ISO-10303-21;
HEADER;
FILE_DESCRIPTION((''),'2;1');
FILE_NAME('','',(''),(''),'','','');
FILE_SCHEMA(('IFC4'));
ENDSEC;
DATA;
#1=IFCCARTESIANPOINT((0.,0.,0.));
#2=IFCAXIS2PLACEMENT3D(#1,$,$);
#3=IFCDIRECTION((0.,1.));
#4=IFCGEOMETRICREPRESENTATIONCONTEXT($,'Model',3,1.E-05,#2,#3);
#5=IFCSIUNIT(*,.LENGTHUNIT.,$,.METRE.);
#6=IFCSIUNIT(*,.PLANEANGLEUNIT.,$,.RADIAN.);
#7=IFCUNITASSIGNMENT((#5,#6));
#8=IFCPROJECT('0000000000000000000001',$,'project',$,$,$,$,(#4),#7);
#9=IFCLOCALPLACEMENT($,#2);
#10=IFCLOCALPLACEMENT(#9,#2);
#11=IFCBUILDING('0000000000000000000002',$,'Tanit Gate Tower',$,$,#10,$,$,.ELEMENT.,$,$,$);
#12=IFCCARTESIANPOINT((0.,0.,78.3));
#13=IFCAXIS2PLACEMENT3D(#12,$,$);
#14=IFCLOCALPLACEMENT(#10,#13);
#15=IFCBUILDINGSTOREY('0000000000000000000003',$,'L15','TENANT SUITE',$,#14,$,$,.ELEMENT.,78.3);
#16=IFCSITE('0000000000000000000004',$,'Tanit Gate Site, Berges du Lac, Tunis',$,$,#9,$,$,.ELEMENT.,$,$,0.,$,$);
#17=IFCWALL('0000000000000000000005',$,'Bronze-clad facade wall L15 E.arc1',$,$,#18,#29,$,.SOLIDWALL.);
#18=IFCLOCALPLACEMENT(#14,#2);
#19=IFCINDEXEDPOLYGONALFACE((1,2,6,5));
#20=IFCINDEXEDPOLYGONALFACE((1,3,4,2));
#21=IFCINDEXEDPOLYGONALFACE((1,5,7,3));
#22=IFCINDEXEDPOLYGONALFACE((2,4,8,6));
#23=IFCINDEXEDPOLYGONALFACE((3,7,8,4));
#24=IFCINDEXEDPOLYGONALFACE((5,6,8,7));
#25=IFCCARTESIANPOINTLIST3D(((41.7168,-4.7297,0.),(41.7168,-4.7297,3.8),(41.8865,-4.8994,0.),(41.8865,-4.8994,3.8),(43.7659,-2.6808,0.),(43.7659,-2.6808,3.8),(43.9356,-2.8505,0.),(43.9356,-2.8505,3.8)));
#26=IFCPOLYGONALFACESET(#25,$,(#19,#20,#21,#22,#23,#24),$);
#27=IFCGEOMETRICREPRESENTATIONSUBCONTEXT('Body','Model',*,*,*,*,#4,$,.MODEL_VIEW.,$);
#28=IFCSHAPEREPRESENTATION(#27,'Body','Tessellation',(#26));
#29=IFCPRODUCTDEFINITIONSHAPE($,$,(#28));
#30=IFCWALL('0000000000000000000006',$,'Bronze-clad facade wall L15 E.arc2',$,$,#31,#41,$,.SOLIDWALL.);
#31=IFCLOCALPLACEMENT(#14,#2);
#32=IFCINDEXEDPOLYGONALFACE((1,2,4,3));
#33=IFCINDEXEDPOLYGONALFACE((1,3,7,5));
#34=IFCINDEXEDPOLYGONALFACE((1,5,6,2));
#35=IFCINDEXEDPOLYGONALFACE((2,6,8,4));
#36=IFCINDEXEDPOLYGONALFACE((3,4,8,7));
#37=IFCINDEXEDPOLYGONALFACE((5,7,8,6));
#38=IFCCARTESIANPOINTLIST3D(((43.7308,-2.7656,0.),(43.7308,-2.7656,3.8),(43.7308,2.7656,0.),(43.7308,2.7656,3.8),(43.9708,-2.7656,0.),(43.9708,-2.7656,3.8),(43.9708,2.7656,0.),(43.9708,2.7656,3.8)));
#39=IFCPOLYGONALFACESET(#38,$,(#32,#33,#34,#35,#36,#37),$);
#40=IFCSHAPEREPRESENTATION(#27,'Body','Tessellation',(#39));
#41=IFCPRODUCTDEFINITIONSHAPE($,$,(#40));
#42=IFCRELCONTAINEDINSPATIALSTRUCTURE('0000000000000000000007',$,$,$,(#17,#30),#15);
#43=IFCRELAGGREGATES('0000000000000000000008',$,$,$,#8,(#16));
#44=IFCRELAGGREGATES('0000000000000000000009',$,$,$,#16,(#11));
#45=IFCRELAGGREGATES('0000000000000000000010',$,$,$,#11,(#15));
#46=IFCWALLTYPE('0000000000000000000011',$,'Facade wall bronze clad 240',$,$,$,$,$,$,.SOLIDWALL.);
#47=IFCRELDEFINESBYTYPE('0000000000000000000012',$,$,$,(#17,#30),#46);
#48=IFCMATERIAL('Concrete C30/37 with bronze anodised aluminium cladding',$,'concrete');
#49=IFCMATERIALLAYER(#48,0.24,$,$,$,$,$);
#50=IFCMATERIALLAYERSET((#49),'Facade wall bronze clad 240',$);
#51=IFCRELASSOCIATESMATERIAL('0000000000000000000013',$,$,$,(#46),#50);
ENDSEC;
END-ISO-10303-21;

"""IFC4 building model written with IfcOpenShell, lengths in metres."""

from ifc_helpers import new_model, si_unit, direction, frame, frame_2d, origin, place, context, subcontext, project, spatial, rectangle, extrude, material, layer, layer_set, type_object, element, save


model = new_model("IFC4")

# Units and contexts
model_context = context("Model", 3, precision=1e-05, world=origin(), true_north=direction((0.0, 1.0)))
body_context = subcontext(model_context, "Body", "Model", "MODEL_VIEW")
ifc_project = project(units=[si_unit("LENGTHUNIT", "METRE"), si_unit("PLANEANGLEUNIT", "RADIAN")], contexts=[model_context])

# Site, building, storey
site_placement = place(None, origin())
site = spatial("IfcSite", under=ifc_project, at=site_placement, Name="Tanit Gate Site, Berges du Lac, Tunis", CompositionType="ELEMENT", RefElevation=0.0)
building_placement = place(site_placement, origin())
building = spatial("IfcBuilding", under=site, at=building_placement, Name="Tanit Gate Tower", CompositionType="ELEMENT")
storey_placement = place(building_placement, frame((0.0, 0.0, 78.3)))
storey = spatial("IfcBuildingStorey", under=building, at=storey_placement, Name="L15", Description="TENANT SUITE", CompositionType="ELEMENT", Elevation=78.3)

# Walls
ifc_material_1 = material(Name="Concrete C30/37 with bronze anodised aluminium cladding", Category="concrete")
ifc_layer_1 = layer(ifc_material_1, 0.24)
ifc_layer_set_1 = layer_set([ifc_layer_1], Name="Facade wall bronze clad 240")
wall_type = type_object("IfcWallType", Name="Facade wall bronze clad 240", PredefinedType="SOLIDWALL", material=ifc_layer_set_1)
wall_1_placement = place(storey_placement, frame((41.8018, -4.8145, 0.0), z_axis=(0.0, 0.0, 1.0), x_axis=(0.707149, 0.707065, 0.0)))
element("IfcWall", 1, at=wall_1_placement, inside=storey, type_object=wall_type, Name="Bronze-clad facade wall L15 E.arc1", PredefinedType="SOLIDWALL", context=body_context, shape_type="SweptSolid", body=[
    extrude(rectangle(XDim=2.8977, YDim=0.24, at=frame_2d((1.4487, 0.0))), origin(), (0.0, 0.0, 1.0), 3.8),
])
wall_2_placement = place(storey_placement, frame((43.8508, -2.7656, 0.0), z_axis=(0.0, 0.0, 1.0), x_axis=(0.0, 1.0, 0.0)))
element("IfcWall", 2, at=wall_2_placement, inside=storey, type_object=wall_type, Name="Bronze-clad facade wall L15 E.arc2", PredefinedType="SOLIDWALL", context=body_context, shape_type="SweptSolid", body=[
    extrude(rectangle(XDim=5.5312, YDim=0.24, at=frame_2d((2.7656, 0.0))), origin(), (0.0, 0.0, 1.0), 3.8),
])

save(model, "model.ifc")
